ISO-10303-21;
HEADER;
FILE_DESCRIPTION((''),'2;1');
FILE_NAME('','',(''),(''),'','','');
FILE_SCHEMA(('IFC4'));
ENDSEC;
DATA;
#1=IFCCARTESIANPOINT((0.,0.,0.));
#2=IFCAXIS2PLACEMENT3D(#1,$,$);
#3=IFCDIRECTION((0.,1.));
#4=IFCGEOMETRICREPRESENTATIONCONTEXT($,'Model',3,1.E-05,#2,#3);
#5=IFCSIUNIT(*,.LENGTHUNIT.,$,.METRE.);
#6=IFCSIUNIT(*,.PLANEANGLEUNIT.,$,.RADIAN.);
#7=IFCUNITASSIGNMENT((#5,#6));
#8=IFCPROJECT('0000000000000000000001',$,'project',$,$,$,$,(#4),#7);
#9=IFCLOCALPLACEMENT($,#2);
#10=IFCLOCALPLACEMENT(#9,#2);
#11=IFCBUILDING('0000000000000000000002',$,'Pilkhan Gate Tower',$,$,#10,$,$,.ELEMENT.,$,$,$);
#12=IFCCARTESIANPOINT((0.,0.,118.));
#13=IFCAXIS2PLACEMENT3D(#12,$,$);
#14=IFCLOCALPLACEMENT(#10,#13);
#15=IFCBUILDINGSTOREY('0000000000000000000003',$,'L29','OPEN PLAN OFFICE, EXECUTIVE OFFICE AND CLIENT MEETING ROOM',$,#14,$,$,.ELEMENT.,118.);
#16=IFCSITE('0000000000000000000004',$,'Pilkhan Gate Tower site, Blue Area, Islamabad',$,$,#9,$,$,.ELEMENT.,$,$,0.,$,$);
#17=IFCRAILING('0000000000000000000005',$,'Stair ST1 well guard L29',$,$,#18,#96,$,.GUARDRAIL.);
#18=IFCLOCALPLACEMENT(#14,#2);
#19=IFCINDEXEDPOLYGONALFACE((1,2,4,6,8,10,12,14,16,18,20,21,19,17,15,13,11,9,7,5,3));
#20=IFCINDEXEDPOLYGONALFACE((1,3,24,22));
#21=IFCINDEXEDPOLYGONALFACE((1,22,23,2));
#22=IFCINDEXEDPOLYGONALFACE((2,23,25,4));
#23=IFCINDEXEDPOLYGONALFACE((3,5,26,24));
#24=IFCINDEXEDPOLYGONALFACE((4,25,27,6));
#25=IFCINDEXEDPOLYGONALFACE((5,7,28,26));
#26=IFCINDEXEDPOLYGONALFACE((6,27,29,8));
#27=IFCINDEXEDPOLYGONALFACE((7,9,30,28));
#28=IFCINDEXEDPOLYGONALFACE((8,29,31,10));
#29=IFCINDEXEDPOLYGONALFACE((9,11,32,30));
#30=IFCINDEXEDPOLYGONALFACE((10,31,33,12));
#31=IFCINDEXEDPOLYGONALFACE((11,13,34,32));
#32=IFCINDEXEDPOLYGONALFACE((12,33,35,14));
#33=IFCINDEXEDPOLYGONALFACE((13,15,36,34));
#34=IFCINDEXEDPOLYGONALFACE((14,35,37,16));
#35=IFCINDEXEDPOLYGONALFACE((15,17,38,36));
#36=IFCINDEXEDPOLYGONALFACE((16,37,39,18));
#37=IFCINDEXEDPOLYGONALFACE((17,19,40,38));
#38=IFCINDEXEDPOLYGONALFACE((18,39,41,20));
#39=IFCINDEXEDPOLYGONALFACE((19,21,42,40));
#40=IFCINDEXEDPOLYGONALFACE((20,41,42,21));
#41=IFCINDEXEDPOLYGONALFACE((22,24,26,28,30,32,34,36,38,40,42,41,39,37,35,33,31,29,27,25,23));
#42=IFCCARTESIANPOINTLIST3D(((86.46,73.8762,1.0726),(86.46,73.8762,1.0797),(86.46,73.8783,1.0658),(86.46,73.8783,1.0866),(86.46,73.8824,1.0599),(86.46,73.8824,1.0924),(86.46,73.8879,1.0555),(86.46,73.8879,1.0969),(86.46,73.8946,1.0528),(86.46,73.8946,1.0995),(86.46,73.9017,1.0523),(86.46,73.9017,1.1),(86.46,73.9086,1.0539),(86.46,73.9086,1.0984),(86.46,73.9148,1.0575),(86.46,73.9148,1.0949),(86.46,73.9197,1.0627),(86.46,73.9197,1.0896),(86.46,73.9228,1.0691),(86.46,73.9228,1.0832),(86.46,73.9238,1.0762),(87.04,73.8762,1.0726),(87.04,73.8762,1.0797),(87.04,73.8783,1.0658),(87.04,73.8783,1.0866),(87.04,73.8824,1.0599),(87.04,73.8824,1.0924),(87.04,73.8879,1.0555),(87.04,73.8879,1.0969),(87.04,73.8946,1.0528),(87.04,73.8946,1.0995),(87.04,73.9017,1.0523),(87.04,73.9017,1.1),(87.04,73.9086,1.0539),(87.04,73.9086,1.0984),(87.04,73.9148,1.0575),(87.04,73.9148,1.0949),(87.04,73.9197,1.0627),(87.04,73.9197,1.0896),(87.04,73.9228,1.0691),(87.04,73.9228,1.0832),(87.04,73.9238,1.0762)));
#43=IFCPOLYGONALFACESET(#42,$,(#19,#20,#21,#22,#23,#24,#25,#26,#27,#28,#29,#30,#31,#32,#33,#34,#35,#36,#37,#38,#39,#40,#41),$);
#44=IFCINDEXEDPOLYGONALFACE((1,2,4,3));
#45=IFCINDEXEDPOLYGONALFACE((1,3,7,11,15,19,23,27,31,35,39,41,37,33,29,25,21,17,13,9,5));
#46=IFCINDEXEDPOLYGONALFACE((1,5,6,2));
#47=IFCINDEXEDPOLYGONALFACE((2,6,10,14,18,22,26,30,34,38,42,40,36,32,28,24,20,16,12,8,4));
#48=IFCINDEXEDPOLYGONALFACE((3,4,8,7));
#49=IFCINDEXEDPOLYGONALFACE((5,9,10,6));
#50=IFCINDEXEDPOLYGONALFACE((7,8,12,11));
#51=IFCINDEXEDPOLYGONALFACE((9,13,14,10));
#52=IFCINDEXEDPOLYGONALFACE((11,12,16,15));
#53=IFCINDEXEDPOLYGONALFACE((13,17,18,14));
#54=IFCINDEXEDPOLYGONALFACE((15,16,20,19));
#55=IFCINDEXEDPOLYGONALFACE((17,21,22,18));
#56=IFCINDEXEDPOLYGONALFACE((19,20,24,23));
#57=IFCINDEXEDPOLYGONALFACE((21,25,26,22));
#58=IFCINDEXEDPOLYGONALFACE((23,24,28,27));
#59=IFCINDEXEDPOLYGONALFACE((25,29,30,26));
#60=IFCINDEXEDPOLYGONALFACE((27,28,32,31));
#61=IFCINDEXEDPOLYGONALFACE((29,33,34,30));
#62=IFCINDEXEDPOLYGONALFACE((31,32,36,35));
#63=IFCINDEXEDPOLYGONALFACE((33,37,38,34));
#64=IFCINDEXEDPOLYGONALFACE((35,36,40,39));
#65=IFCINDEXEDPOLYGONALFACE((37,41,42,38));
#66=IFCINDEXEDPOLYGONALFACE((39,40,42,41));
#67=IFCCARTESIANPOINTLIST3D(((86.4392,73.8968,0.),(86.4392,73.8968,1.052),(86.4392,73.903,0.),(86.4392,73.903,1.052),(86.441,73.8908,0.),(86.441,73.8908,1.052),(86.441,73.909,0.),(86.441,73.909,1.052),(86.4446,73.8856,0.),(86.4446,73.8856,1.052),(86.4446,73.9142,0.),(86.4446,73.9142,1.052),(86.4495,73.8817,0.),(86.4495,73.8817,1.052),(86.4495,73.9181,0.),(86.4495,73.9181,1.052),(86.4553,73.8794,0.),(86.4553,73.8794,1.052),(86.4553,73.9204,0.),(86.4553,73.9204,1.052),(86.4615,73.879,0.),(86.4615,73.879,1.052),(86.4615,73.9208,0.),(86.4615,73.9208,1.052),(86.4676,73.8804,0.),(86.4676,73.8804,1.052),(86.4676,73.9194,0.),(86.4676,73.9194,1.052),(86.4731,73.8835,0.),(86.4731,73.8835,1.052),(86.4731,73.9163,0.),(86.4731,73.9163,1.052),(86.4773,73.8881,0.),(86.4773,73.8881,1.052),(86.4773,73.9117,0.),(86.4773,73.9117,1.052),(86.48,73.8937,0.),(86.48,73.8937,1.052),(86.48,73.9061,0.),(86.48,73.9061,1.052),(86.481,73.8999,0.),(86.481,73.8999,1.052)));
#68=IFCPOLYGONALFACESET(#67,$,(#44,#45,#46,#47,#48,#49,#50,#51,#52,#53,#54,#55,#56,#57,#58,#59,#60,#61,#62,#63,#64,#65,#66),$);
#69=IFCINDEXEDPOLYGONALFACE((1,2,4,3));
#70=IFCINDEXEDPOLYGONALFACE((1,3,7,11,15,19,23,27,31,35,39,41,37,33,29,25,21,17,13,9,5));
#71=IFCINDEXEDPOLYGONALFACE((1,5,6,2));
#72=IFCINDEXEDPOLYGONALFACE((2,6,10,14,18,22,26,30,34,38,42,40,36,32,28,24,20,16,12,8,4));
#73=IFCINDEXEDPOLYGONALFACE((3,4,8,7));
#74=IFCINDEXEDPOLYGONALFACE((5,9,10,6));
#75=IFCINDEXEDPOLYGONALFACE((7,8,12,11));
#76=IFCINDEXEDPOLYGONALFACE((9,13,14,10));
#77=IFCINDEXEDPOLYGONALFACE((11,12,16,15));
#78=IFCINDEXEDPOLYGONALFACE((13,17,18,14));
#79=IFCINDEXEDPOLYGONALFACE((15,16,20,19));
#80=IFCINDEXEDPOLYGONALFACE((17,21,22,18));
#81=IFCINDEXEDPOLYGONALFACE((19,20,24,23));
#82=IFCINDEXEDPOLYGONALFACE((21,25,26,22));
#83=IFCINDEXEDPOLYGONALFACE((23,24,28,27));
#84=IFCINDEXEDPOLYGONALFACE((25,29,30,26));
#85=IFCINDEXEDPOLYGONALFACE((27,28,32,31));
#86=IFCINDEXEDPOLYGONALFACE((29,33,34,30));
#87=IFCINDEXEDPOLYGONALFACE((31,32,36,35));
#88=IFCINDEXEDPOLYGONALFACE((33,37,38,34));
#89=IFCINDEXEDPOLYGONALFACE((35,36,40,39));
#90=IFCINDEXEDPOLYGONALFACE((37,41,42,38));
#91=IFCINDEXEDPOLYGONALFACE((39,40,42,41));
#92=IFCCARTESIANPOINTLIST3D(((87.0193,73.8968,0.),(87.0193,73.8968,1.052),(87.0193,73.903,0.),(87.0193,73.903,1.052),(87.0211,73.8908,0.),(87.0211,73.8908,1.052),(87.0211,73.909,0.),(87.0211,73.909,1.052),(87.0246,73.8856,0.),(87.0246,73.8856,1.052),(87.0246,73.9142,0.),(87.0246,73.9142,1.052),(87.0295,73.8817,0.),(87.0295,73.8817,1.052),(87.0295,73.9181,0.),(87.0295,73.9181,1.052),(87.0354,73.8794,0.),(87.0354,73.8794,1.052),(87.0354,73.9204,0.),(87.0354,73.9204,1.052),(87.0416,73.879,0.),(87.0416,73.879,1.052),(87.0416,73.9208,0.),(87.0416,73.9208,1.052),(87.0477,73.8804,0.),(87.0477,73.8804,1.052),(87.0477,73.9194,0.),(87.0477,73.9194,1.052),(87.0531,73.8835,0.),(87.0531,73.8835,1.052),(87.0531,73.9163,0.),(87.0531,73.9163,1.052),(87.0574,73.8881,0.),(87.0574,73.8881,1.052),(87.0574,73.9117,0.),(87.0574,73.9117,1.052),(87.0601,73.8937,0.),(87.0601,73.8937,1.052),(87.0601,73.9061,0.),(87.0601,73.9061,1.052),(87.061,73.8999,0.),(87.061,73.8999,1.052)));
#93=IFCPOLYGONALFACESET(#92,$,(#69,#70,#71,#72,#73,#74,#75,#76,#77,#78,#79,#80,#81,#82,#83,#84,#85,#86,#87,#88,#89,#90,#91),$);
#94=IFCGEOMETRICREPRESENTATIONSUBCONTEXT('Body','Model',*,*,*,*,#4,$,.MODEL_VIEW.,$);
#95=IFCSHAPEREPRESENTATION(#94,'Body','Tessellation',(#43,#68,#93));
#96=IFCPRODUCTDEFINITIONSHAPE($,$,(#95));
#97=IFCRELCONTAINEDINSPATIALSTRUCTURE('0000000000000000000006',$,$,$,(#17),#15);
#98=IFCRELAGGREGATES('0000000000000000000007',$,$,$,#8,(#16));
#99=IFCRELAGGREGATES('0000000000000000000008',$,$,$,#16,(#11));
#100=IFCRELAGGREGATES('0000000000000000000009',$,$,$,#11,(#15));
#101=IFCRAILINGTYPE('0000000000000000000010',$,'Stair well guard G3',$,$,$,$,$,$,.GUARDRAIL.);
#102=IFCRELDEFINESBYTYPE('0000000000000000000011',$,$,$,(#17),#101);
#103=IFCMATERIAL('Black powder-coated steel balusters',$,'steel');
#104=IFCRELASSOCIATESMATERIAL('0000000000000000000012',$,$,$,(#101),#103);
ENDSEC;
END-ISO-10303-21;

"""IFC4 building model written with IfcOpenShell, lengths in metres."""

from ifc_helpers import new_model, si_unit, direction, frame, origin, origin_2d, place, context, subcontext, project, spatial, circle, extrude, material, type_object, element, save


model = new_model("IFC4")

# Units and contexts
model_context = context("Model", 3, precision=1e-05, world=origin(), true_north=direction((0.0, 1.0)))
body_context = subcontext(model_context, "Body", "Model", "MODEL_VIEW")
ifc_project = project(units=[si_unit("LENGTHUNIT", "METRE"), si_unit("PLANEANGLEUNIT", "RADIAN")], contexts=[model_context])

# Site, building, storey
site_placement = place(None, origin())
site = spatial("IfcSite", under=ifc_project, at=site_placement, Name="Pilkhan Gate Tower site, Blue Area, Islamabad", CompositionType="ELEMENT", RefElevation=0.0)
building_placement = place(site_placement, origin())
building = spatial("IfcBuilding", under=site, at=building_placement, Name="Pilkhan Gate Tower", CompositionType="ELEMENT")
storey_placement = place(building_placement, frame((0.0, 0.0, 118.0)))
storey = spatial("IfcBuildingStorey", under=building, at=storey_placement, Name="L29", Description="OPEN PLAN OFFICE, EXECUTIVE OFFICE AND CLIENT MEETING ROOM", CompositionType="ELEMENT", Elevation=118.0)

# Railing
ifc_material_1 = material(Name="Black powder-coated steel balusters", Category="steel")
railing_type_1 = type_object("IfcRailingType", Name="Stair well guard G3", PredefinedType="GUARDRAIL", material=ifc_material_1)
railing_1_placement = place(storey_placement, frame((86.46, 73.8999, 0.0)))
element("IfcRailing", 1, at=railing_1_placement, inside=storey, type_object=railing_type_1, Name="Stair ST1 well guard L29", PredefinedType="GUARDRAIL", context=body_context, shape_type="SweptSolid", body=[
    extrude(circle(Radius=0.0239, at=origin_2d()), frame((0.0, 0.0, 1.0762), z_axis=(1.0, 0.0, 0.0), x_axis=(0.0, 1.0, 0.0)), (0.0, 0.0, 1.0), 0.5801),
    extrude(circle(Radius=0.021, at=origin_2d()), origin(), (0.0, 0.0, 1.0), 1.052),
    extrude(circle(Radius=0.021, at=origin_2d()), frame((0.5801, 0.0, 0.0)), (0.0, 0.0, 1.0), 1.052),
])

save(model, "model.ifc")
